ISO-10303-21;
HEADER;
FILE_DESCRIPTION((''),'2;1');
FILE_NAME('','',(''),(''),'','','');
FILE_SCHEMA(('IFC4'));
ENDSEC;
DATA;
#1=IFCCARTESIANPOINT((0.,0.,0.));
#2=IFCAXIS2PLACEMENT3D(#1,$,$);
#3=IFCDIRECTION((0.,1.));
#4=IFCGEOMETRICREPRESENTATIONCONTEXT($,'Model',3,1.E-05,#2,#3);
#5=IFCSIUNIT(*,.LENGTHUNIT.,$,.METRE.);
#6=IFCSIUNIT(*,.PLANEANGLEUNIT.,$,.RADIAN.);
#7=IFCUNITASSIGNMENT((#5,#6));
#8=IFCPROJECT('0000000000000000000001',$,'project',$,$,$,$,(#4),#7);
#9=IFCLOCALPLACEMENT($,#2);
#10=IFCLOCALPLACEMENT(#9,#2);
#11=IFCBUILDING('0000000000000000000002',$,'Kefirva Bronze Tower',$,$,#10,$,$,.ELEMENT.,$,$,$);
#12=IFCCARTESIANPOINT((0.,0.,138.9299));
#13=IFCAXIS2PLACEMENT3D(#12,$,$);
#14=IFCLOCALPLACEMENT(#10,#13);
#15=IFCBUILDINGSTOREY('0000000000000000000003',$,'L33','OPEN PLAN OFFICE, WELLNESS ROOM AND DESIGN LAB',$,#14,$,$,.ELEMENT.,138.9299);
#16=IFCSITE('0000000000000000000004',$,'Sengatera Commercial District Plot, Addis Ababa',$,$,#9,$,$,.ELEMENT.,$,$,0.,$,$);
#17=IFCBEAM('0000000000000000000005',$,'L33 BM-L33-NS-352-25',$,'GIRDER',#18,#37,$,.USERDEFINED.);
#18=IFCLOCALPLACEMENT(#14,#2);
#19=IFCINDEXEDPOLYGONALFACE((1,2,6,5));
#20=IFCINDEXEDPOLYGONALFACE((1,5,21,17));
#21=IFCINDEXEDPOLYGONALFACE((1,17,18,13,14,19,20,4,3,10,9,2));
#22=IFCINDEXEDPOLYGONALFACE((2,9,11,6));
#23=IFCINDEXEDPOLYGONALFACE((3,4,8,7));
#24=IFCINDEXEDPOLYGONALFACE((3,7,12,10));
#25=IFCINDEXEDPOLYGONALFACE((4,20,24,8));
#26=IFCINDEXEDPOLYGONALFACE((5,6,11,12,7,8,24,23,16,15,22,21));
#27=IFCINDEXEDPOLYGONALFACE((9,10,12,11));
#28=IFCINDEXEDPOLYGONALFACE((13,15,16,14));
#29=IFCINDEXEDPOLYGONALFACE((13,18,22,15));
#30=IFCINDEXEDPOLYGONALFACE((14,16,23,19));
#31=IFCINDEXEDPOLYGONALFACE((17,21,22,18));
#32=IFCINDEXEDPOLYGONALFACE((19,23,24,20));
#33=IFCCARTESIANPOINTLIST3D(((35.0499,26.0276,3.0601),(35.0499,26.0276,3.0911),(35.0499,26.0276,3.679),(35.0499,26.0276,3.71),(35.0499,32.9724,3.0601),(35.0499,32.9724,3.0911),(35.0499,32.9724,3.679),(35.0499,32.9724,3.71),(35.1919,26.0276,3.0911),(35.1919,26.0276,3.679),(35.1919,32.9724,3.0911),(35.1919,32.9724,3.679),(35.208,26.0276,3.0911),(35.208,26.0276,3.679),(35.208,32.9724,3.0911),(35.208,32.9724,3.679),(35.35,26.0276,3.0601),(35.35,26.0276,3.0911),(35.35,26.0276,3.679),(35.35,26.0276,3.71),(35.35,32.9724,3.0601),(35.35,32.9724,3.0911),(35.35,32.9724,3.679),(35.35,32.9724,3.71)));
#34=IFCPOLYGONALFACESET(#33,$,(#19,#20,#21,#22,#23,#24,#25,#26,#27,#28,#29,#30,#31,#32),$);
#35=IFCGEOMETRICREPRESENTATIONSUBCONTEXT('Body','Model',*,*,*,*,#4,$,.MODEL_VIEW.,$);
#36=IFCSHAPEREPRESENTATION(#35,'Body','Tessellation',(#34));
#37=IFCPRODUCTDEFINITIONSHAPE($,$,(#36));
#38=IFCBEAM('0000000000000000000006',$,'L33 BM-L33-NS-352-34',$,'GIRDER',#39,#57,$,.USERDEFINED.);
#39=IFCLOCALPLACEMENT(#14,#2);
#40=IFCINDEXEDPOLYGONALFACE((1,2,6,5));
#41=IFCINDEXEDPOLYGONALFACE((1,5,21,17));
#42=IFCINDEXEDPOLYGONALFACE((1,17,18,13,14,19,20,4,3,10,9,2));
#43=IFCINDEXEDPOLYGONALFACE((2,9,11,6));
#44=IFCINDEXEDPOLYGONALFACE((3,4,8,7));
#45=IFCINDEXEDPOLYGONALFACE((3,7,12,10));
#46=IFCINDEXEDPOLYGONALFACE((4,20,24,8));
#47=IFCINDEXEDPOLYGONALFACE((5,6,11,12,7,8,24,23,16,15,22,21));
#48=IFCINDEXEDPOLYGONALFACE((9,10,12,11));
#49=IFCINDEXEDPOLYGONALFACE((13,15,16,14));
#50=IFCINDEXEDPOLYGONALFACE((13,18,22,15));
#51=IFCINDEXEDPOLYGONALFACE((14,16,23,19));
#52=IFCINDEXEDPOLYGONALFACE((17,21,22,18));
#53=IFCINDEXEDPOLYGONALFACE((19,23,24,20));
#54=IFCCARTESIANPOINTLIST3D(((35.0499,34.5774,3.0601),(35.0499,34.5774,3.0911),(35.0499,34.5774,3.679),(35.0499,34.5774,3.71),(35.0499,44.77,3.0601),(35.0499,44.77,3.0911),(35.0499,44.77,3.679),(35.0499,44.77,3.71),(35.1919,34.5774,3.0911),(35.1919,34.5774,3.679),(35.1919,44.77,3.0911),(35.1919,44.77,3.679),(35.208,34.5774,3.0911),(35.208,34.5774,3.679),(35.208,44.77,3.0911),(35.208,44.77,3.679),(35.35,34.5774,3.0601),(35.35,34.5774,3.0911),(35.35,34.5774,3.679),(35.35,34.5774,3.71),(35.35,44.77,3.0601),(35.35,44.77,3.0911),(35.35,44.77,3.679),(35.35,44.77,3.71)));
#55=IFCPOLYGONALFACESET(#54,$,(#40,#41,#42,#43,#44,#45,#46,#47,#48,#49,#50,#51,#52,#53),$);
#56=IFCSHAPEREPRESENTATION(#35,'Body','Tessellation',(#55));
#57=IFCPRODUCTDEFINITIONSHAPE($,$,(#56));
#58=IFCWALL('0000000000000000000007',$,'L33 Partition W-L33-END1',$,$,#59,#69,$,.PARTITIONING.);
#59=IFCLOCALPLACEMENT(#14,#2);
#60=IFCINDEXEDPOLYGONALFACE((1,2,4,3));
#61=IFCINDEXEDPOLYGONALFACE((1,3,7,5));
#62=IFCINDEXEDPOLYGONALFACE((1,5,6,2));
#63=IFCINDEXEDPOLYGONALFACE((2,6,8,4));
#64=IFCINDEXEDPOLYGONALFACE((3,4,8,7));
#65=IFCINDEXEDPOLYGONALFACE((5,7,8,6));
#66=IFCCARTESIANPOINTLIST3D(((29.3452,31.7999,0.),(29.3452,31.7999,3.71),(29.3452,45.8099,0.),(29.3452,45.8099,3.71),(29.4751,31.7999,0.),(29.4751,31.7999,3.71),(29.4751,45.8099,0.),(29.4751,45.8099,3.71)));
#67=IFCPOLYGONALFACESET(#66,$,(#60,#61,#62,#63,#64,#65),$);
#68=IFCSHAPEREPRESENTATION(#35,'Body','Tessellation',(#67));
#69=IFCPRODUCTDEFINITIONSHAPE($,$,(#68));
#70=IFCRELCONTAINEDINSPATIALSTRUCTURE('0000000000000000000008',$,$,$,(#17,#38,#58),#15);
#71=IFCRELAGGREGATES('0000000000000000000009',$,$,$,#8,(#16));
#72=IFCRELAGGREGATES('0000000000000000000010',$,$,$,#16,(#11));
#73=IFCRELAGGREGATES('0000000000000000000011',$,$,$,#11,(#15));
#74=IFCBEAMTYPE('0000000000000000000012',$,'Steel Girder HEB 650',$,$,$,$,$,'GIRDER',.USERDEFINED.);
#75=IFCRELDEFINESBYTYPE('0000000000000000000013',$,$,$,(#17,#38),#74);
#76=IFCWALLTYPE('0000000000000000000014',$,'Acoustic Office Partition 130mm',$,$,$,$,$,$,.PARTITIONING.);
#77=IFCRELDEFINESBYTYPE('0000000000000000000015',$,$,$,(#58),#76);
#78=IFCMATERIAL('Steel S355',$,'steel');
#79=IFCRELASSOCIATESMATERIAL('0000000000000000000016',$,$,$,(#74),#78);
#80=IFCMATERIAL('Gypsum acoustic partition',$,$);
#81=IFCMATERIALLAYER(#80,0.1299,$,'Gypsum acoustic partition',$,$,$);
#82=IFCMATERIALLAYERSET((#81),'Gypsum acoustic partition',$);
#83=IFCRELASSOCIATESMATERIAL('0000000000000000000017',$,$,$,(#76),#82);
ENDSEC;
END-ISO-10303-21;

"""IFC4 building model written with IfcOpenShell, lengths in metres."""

from ifc_helpers import new_model, si_unit, direction, frame, frame_2d, origin, origin_2d, place, context, subcontext, project, spatial, rectangle, i_section, extrude, material, layer, layer_set, material_profile, profile_set, type_object, element, save


model = new_model("IFC4")

# Units and contexts
model_context = context("Model", 3, precision=1e-05, world=origin(), true_north=direction((0.0, 1.0)))
body_context = subcontext(model_context, "Body", "Model", "MODEL_VIEW")
ifc_project = project(units=[si_unit("LENGTHUNIT", "METRE"), si_unit("PLANEANGLEUNIT", "RADIAN")], contexts=[model_context])

# Site, building, storey
site_placement = place(None, origin())
site = spatial("IfcSite", under=ifc_project, at=site_placement, Name="Sengatera Commercial District Plot, Addis Ababa", CompositionType="ELEMENT", RefElevation=0.0)
building_placement = place(site_placement, origin())
building = spatial("IfcBuilding", under=site, at=building_placement, Name="Kefirva Bronze Tower", CompositionType="ELEMENT")
storey_placement = place(building_placement, frame((0.0, 0.0, 138.9299)))
storey = spatial("IfcBuildingStorey", under=building, at=storey_placement, Name="L33", Description="OPEN PLAN OFFICE, WELLNESS ROOM AND DESIGN LAB", CompositionType="ELEMENT", Elevation=138.9299)

# Beams
ifc_material_1 = material(Name="Steel S355", Category="steel")
ifc_material_profile_1 = material_profile(ifc_material_1, i_section(OverallWidth=0.3, OverallDepth=0.6499, WebThickness=0.0161, FlangeThickness=0.031, at=origin_2d()), Name="HEB 650")
ifc_profile_set_1 = profile_set([ifc_material_profile_1], Name="Steel S355")
beam_type_1 = type_object("IfcBeamType", Name="Steel Girder HEB 650", ElementType="GIRDER", PredefinedType="USERDEFINED", material=ifc_profile_set_1)
beam_1_placement = place(storey_placement, frame((35.2, 26.0276, 3.385), z_axis=(0.0, 1.0, 0.0), x_axis=(-1.0, 0.0, 0.0)))
element("IfcBeam", 1, at=beam_1_placement, inside=storey, type_object=beam_type_1, Name="L33 BM-L33-NS-352-25", ObjectType="GIRDER", PredefinedType="USERDEFINED", context=body_context, shape_type="SweptSolid", body=[
    extrude(i_section(OverallWidth=0.3, OverallDepth=0.6499, WebThickness=0.0161, FlangeThickness=0.031, at=origin_2d()), origin(), (0.0, 0.0, 1.0), 6.9448),
])
beam_2_placement = place(storey_placement, frame((35.2, 34.5774, 3.385), z_axis=(0.0, 1.0, 0.0), x_axis=(-1.0, 0.0, 0.0)))
element("IfcBeam", 2, at=beam_2_placement, inside=storey, type_object=beam_type_1, Name="L33 BM-L33-NS-352-34", ObjectType="GIRDER", PredefinedType="USERDEFINED", context=body_context, shape_type="SweptSolid", body=[
    extrude(i_section(OverallWidth=0.3, OverallDepth=0.6499, WebThickness=0.0161, FlangeThickness=0.031, at=origin_2d()), origin(), (0.0, 0.0, 1.0), 10.1926),
])

# Wall
ifc_material_2 = material(Name="Gypsum acoustic partition")
ifc_layer = layer(ifc_material_2, 0.1299, Name="Gypsum acoustic partition")
ifc_layer_set = layer_set([ifc_layer], Name="Gypsum acoustic partition")
wall_type = type_object("IfcWallType", Name="Acoustic Office Partition 130mm", PredefinedType="PARTITIONING", material=ifc_layer_set)
wall_placement = place(storey_placement, frame((29.4102, 31.8, 0.0), z_axis=(0.0, 0.0, 1.0), x_axis=(0.0, 1.0, 0.0)))
element("IfcWall", 3, at=wall_placement, inside=storey, type_object=wall_type, Name="L33 Partition W-L33-END1", PredefinedType="PARTITIONING", context=body_context, shape_type="SweptSolid", body=[
    extrude(rectangle(XDim=14.01, YDim=0.1299, at=frame_2d((7.0049, 0.0))), origin(), (0.0, 0.0, 1.0), 3.71),
])

save(model, "model.ifc")
